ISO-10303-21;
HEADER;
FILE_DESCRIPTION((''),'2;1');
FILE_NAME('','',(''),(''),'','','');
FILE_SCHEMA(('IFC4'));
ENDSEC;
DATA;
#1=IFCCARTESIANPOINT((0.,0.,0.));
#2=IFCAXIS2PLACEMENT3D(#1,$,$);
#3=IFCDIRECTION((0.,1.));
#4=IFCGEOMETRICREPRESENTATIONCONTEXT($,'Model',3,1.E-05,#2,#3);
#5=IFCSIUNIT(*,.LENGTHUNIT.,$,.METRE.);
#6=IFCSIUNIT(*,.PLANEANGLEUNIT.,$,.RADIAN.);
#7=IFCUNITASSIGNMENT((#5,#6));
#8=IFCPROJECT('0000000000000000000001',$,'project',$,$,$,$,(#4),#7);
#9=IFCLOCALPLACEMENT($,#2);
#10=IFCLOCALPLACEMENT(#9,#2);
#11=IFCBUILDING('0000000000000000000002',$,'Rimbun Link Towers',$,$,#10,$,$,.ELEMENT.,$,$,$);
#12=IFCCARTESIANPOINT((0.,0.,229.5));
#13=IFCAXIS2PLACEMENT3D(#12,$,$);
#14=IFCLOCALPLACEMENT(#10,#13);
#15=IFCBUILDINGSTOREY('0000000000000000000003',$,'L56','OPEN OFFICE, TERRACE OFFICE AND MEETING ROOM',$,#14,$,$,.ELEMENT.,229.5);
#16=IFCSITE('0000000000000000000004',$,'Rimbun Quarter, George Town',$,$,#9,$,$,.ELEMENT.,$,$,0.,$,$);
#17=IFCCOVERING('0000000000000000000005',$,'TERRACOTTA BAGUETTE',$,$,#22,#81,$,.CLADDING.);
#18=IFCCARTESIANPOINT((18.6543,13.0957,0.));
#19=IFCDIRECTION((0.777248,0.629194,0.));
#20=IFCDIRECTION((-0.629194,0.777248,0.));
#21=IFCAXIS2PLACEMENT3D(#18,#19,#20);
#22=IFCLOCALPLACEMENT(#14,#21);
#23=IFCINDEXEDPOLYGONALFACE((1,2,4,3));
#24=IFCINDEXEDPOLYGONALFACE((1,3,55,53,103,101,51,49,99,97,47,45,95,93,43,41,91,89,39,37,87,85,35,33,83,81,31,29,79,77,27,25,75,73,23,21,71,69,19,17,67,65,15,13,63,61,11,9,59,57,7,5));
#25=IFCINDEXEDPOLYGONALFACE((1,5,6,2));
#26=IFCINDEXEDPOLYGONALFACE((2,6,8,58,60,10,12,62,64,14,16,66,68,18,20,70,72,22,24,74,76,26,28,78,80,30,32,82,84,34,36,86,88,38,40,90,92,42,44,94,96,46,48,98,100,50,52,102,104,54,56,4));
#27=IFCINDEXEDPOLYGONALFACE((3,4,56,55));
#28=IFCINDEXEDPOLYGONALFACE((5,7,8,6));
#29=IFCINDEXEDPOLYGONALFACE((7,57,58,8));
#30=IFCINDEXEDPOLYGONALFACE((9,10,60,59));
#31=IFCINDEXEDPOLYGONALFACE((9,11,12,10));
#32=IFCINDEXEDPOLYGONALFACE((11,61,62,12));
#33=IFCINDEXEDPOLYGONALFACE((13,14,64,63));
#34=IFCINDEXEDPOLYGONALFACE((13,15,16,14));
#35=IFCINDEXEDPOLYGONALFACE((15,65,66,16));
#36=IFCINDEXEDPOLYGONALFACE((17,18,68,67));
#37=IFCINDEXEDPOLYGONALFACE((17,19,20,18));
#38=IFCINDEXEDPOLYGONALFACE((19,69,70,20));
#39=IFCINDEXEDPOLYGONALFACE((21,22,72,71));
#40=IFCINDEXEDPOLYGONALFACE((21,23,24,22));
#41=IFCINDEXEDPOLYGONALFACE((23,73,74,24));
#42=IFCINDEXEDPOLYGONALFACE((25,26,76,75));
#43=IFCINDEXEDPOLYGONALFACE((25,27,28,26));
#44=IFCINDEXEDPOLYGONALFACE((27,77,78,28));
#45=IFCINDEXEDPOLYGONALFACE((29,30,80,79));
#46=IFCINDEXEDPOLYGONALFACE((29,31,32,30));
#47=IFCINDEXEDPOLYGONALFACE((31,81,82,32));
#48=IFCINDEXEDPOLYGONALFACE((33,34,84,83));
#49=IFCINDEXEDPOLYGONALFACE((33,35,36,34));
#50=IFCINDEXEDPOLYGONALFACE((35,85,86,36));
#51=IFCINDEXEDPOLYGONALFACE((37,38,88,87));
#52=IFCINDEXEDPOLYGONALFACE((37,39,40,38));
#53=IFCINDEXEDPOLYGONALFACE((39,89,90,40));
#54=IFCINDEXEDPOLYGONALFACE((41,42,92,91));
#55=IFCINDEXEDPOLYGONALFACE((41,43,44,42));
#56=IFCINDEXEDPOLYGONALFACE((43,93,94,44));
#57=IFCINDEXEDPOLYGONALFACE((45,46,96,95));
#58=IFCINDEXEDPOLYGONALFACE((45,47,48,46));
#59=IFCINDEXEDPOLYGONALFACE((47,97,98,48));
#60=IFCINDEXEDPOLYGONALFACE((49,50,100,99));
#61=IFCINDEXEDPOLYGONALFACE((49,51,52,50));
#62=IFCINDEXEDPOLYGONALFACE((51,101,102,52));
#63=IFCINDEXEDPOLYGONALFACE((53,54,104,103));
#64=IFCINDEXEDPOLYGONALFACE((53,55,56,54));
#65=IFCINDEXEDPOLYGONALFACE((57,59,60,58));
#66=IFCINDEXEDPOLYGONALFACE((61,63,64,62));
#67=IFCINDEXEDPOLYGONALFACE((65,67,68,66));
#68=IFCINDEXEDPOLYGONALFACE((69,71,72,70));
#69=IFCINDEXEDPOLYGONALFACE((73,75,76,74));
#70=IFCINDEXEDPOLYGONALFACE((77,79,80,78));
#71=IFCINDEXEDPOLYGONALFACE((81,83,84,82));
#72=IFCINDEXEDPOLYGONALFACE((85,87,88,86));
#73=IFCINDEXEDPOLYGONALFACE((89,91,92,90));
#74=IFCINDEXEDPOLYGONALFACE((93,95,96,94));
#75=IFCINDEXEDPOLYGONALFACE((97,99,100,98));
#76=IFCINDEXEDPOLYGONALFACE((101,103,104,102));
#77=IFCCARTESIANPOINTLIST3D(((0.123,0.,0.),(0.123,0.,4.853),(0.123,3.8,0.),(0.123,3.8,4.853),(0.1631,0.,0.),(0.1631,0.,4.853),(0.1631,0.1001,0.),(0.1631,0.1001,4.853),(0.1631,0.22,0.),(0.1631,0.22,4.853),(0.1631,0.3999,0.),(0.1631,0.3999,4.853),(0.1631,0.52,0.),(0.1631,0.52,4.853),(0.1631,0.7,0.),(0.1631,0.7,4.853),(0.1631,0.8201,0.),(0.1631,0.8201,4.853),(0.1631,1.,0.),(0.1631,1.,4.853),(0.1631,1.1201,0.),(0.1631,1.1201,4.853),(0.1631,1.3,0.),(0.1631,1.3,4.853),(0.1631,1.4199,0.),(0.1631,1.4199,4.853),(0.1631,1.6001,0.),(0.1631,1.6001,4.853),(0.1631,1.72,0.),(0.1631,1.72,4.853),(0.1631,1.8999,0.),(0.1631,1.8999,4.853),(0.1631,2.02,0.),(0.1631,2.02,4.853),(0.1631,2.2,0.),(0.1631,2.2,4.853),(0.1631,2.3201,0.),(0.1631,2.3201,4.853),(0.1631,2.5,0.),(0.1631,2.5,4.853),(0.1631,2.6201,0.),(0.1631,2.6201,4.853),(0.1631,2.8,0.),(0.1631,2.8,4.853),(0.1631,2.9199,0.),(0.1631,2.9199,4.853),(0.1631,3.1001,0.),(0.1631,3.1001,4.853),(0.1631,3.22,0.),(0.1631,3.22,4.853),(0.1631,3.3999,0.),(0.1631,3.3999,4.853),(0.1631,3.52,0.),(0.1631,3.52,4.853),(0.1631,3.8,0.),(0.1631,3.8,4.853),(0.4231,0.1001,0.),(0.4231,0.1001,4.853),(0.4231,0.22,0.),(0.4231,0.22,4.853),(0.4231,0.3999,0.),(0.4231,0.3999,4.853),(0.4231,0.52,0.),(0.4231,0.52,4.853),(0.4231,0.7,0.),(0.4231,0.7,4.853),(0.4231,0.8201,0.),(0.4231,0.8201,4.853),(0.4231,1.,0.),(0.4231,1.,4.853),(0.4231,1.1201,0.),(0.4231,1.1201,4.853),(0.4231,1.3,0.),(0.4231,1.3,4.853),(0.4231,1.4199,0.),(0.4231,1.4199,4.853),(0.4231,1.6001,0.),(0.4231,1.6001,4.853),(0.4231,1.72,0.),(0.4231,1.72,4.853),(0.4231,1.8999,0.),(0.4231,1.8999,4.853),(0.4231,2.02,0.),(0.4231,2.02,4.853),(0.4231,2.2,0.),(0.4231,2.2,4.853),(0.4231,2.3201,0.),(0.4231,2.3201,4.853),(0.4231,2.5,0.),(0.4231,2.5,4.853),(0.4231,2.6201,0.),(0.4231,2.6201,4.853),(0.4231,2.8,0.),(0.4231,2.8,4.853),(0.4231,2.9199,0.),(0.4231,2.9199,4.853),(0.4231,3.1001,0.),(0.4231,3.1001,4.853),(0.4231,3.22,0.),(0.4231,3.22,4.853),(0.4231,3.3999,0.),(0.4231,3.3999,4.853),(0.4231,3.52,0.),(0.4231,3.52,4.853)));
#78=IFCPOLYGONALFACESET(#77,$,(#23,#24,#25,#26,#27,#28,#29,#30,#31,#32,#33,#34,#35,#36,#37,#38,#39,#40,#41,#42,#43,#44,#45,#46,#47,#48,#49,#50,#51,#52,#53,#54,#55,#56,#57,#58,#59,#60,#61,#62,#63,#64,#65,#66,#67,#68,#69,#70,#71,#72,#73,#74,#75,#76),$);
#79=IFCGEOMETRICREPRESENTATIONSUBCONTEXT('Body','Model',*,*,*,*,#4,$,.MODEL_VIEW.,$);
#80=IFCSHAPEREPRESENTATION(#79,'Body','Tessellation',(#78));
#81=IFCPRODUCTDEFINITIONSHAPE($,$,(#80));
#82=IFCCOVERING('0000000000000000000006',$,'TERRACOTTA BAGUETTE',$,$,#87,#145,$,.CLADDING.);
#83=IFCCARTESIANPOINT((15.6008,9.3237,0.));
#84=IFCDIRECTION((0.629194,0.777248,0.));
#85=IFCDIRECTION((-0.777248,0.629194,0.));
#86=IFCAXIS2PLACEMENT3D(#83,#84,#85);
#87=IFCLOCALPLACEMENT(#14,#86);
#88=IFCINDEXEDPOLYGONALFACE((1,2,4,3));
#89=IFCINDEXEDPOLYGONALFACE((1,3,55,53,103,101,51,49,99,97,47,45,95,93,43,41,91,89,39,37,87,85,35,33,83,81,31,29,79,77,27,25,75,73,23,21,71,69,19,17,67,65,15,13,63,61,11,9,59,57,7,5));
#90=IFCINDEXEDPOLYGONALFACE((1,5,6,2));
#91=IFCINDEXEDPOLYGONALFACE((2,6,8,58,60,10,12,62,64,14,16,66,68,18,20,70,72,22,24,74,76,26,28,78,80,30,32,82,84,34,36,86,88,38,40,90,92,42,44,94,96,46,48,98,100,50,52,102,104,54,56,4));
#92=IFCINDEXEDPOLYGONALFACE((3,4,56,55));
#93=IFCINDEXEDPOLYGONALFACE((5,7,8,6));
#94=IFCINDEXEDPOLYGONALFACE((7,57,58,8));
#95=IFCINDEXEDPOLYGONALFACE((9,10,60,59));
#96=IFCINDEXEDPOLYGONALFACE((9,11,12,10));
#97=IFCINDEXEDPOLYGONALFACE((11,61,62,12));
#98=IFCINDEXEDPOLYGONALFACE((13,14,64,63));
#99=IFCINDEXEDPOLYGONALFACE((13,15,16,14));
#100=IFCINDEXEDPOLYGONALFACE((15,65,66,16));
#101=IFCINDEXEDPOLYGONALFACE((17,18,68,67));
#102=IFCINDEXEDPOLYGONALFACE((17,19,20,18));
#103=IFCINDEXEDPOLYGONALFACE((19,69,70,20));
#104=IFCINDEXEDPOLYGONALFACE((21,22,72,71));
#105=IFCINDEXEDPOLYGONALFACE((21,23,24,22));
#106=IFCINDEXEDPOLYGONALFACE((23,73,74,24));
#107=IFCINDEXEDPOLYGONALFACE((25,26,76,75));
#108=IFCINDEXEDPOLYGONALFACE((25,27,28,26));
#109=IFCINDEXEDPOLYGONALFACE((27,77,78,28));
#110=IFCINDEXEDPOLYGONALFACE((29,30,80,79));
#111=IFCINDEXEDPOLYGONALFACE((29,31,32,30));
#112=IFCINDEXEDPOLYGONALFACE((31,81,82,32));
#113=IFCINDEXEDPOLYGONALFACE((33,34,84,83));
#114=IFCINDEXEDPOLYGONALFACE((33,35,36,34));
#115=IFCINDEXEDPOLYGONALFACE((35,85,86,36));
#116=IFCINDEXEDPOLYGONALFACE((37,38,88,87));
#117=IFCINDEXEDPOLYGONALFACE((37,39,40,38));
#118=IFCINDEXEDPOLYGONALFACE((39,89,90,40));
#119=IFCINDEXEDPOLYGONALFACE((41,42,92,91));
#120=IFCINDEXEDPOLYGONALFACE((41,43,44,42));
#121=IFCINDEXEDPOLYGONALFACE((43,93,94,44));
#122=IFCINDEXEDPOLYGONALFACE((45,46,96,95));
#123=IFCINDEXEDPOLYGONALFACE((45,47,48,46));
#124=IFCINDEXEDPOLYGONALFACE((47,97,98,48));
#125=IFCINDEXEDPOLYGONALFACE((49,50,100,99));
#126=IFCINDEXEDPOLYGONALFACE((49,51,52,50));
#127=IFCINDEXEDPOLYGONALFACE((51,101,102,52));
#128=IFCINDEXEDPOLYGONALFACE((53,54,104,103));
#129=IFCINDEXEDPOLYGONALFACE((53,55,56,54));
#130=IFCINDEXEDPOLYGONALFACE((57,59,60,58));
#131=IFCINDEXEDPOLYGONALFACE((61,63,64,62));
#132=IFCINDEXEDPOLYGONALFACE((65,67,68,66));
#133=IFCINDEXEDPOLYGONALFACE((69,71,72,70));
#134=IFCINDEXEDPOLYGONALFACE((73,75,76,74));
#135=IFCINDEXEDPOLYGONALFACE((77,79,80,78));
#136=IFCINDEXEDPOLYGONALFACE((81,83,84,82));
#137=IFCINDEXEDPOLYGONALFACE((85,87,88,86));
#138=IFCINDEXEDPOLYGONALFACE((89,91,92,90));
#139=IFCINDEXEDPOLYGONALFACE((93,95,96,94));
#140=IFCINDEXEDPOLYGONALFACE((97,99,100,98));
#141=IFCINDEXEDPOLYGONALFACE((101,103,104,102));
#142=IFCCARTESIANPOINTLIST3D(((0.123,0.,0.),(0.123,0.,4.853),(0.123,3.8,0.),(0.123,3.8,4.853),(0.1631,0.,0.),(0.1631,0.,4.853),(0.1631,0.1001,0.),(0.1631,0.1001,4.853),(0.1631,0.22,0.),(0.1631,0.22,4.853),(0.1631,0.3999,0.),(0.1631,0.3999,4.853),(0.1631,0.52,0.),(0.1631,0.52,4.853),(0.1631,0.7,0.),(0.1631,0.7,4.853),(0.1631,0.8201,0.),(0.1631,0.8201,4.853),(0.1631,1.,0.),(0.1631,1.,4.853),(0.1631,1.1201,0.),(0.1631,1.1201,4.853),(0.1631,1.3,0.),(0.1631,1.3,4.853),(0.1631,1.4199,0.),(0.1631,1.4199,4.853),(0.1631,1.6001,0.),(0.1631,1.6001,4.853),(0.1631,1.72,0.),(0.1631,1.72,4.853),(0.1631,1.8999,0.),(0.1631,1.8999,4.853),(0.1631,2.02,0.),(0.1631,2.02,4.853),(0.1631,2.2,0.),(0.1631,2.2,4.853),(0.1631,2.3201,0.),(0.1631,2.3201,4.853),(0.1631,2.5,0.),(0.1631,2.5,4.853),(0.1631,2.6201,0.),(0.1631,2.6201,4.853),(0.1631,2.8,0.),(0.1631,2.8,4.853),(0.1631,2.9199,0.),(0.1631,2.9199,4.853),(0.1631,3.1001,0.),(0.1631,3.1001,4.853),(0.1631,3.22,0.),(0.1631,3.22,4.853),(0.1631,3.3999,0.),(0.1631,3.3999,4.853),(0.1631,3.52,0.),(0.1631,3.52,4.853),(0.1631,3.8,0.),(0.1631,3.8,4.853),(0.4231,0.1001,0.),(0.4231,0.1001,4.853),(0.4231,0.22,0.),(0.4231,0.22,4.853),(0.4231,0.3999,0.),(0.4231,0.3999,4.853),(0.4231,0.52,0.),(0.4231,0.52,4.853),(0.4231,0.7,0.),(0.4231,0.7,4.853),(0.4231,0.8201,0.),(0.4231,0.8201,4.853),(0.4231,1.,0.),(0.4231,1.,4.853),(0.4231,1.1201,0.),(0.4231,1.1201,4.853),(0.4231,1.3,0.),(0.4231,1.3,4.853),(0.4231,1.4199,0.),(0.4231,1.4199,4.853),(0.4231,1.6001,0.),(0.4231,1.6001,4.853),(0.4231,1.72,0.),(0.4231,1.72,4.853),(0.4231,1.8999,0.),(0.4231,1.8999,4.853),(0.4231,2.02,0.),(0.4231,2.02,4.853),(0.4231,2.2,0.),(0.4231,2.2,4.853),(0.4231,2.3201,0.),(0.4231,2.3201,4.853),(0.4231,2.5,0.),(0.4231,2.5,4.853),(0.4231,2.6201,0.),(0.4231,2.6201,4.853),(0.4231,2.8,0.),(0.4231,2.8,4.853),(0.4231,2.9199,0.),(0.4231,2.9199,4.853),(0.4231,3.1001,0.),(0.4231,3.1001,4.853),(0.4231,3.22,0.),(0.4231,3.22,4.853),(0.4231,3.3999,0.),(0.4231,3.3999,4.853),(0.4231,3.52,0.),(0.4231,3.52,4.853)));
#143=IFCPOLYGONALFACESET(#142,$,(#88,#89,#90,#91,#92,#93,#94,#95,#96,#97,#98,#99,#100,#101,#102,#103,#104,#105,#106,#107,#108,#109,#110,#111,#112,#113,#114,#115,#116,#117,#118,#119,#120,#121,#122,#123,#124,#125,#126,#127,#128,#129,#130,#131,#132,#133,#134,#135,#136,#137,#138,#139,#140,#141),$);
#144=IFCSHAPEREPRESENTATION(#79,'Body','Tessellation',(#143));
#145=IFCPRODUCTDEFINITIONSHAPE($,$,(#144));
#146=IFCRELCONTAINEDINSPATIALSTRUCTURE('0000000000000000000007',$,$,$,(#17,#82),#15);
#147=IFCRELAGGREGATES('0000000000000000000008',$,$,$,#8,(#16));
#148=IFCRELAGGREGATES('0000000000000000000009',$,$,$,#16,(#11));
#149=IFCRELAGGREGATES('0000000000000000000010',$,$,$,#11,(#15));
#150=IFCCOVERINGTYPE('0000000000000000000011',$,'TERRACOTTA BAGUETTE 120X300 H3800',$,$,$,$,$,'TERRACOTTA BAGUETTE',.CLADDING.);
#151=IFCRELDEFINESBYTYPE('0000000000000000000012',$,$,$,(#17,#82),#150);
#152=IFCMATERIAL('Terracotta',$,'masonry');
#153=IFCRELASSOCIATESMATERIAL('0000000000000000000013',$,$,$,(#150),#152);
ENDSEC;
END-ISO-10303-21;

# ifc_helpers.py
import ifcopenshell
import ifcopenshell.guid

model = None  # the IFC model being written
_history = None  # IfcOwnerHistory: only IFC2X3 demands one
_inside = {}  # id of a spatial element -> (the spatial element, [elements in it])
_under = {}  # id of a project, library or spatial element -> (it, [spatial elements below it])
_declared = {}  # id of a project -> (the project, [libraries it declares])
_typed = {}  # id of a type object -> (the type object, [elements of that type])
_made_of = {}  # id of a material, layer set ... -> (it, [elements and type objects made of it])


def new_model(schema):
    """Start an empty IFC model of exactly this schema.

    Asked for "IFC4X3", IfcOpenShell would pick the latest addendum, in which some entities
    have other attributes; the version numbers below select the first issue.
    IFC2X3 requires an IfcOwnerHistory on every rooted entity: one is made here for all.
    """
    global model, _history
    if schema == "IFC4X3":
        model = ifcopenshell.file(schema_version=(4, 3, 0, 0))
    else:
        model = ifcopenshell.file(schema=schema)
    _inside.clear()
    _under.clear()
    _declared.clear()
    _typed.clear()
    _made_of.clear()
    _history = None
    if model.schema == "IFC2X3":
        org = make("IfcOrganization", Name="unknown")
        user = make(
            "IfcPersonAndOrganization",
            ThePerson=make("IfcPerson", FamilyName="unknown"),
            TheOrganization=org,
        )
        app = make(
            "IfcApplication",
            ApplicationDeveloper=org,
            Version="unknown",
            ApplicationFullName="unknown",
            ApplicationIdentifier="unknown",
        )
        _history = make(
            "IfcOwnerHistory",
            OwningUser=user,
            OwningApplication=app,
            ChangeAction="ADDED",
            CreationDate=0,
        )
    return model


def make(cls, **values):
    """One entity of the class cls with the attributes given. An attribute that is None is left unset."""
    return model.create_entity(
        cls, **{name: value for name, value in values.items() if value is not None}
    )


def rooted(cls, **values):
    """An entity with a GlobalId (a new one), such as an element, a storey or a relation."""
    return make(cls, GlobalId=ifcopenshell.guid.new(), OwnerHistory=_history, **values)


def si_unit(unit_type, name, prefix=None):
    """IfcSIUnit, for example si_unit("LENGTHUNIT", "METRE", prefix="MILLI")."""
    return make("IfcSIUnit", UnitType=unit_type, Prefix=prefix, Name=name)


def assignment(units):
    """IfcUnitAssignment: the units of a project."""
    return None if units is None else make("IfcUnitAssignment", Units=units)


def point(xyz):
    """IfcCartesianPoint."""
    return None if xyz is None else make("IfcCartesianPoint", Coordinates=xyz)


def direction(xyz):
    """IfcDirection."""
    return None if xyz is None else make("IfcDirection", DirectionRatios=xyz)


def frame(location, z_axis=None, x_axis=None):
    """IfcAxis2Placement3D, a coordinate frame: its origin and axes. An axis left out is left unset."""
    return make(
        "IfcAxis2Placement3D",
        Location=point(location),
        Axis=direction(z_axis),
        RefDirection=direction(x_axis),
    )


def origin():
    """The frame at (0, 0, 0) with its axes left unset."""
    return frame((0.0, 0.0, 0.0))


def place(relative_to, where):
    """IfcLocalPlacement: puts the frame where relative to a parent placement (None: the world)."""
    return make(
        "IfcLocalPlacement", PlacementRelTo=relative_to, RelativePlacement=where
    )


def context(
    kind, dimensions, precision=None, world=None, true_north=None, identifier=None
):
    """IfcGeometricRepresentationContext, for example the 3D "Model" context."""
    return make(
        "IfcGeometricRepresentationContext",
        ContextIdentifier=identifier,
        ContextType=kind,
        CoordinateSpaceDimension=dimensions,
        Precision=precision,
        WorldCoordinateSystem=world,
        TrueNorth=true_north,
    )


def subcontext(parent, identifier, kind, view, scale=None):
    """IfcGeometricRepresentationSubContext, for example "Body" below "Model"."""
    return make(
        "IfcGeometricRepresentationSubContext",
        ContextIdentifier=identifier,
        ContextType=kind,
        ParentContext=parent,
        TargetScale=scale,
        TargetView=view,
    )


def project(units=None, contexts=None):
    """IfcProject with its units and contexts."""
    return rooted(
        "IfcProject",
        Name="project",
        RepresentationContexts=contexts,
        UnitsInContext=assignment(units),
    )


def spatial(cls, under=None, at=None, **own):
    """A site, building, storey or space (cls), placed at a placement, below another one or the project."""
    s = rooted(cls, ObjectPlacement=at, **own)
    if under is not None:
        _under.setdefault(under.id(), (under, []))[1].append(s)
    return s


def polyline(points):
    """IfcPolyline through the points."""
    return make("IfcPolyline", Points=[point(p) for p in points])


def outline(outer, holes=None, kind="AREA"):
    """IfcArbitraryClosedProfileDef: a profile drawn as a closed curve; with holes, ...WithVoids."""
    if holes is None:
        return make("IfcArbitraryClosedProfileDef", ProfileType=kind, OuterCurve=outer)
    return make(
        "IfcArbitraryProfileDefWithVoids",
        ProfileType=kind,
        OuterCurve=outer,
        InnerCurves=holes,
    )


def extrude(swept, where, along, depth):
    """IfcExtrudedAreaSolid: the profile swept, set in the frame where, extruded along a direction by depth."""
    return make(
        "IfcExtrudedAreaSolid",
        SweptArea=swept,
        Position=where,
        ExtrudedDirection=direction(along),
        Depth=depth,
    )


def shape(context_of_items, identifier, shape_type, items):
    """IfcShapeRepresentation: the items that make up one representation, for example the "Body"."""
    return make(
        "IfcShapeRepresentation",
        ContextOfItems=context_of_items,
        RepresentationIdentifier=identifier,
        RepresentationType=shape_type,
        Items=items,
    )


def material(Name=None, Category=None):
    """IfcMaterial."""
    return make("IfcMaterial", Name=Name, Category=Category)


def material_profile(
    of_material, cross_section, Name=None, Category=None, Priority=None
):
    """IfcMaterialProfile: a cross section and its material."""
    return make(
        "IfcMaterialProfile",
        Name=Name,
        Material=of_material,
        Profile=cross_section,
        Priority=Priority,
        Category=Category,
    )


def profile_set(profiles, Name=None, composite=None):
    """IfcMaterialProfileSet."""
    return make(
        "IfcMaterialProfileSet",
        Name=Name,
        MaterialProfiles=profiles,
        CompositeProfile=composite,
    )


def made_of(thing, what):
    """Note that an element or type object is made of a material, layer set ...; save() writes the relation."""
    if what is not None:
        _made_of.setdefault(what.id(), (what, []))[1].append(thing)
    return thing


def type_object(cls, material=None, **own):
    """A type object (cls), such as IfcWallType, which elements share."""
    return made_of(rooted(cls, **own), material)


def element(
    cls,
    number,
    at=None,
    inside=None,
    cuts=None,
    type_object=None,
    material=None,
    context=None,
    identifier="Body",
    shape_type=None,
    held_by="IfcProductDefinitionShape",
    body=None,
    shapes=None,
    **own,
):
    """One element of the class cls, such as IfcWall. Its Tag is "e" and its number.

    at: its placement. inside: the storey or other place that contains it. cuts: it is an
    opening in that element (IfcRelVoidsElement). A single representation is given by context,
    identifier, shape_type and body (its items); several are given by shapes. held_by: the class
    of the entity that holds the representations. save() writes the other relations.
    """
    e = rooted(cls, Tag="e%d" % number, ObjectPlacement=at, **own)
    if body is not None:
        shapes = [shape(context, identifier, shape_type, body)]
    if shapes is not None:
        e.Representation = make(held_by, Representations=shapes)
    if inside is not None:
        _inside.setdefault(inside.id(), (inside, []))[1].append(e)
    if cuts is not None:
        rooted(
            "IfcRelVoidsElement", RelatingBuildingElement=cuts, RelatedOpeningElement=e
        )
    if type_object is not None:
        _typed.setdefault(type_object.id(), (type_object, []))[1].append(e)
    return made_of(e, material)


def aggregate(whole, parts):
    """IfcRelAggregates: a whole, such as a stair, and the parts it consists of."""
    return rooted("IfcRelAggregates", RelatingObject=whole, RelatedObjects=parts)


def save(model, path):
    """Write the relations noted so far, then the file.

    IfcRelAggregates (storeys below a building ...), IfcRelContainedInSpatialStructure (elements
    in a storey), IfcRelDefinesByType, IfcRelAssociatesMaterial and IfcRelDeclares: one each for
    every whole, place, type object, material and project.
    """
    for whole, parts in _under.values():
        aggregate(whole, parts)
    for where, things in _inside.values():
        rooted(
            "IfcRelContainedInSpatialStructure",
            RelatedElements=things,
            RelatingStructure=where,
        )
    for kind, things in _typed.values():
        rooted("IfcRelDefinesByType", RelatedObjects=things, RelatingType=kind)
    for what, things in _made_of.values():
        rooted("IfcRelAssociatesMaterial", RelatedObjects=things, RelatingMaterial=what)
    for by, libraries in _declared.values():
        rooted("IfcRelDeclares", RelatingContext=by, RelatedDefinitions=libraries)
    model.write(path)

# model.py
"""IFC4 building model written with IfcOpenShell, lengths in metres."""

from ifc_helpers import new_model, si_unit, direction, frame, origin, place, context, subcontext, project, spatial, polyline, outline, extrude, material, material_profile, profile_set, type_object, element, save


model = new_model("IFC4")

# Units and contexts
model_context = context("Model", 3, precision=1e-05, world=origin(), true_north=direction((0.0, 1.0)))
body_context = subcontext(model_context, "Body", "Model", "MODEL_VIEW")
ifc_project = project(units=[si_unit("LENGTHUNIT", "METRE"), si_unit("PLANEANGLEUNIT", "RADIAN")], contexts=[model_context])

# Site, building, storey
site_placement = place(None, origin())
site = spatial("IfcSite", under=ifc_project, at=site_placement, Name="Rimbun Quarter, George Town", CompositionType="ELEMENT", RefElevation=0.0)
building_placement = place(site_placement, origin())
building = spatial("IfcBuilding", under=site, at=building_placement, Name="Rimbun Link Towers", CompositionType="ELEMENT")
storey_placement = place(building_placement, frame((0.0, 0.0, 229.5)))
storey = spatial("IfcBuildingStorey", under=building, at=storey_placement, Name="L56", Description="OPEN OFFICE, TERRACE OFFICE AND MEETING ROOM", CompositionType="ELEMENT", Elevation=229.5)

# Coverings
ifc_material_1 = material(Name="Terracotta", Category="masonry")
ifc_material_profile_1 = material_profile(ifc_material_1, outline(polyline([(0.123, 0.0), (0.1631, 0.0), (0.1631, 0.1001), (0.4231, 0.1001), (0.4231, 0.22), (0.1631, 0.22), (0.1631, 0.3999), (0.4231, 0.3999), (0.4231, 0.52), (0.1631, 0.52), (0.1631, 0.7), (0.4231, 0.7), (0.4231, 0.8201), (0.1631, 0.8201), (0.1631, 1.0), (0.4231, 1.0), (0.4231, 1.1201), (0.1631, 1.1201), (0.1631, 1.3), (0.4231, 1.3), (0.4231, 1.4199), (0.1631, 1.4199), (0.1631, 1.6001), (0.4231, 1.6001), (0.4231, 1.72), (0.1631, 1.72), (0.1631, 1.8999), (0.4231, 1.8999), (0.4231, 2.02), (0.1631, 2.02), (0.1631, 2.2), (0.4231, 2.2), (0.4231, 2.3201), (0.1631, 2.3201), (0.1631, 2.5), (0.4231, 2.5), (0.4231, 2.6201), (0.1631, 2.6201), (0.1631, 2.8), (0.4231, 2.8), (0.4231, 2.9199), (0.1631, 2.9199), (0.1631, 3.1001), (0.4231, 3.1001), (0.4231, 3.22), (0.1631, 3.22), (0.1631, 3.3999), (0.4231, 3.3999), (0.4231, 3.52), (0.1631, 3.52), (0.1631, 3.8), (0.123, 3.8), (0.123, 0.0)])), Name="BAGUETTE 120X300")
ifc_profile_set_1 = profile_set([ifc_material_profile_1], Name="Terracotta")
covering_type = type_object("IfcCoveringType", Name="TERRACOTTA BAGUETTE 120X300 H3800", ElementType="TERRACOTTA BAGUETTE", PredefinedType="CLADDING", material=ifc_profile_set_1)
for number, where, z_axis, x_axis, name in (
    (1, (18.6543, 13.0957, 0.0), (0.777248, 0.629194, 0.0), (-0.629194, 0.777248, 0.0), "TERRACOTTA BAGUETTE"),
    (2, (15.6008, 9.3237, 0.0), (0.629194, 0.777248, 0.0), (-0.777248, 0.629194, 0.0), "TERRACOTTA BAGUETTE"),
):
    element("IfcCovering", number, at=place(storey_placement, frame(where, z_axis=z_axis, x_axis=x_axis)), inside=storey, type_object=covering_type, Name=name, PredefinedType="CLADDING", context=body_context, shape_type="SweptSolid", body=[
        extrude(outline(polyline([(0.123, 0.0), (0.1631, 0.0), (0.1631, 0.1001), (0.4231, 0.1001), (0.4231, 0.22), (0.1631, 0.22), (0.1631, 0.3999), (0.4231, 0.3999), (0.4231, 0.52), (0.1631, 0.52), (0.1631, 0.7), (0.4231, 0.7), (0.4231, 0.8201), (0.1631, 0.8201), (0.1631, 1.0), (0.4231, 1.0), (0.4231, 1.1201), (0.1631, 1.1201), (0.1631, 1.3), (0.4231, 1.3), (0.4231, 1.4199), (0.1631, 1.4199), (0.1631, 1.6001), (0.4231, 1.6001), (0.4231, 1.72), (0.1631, 1.72), (0.1631, 1.8999), (0.4231, 1.8999), (0.4231, 2.02), (0.1631, 2.02), (0.1631, 2.2), (0.4231, 2.2), (0.4231, 2.3201), (0.1631, 2.3201), (0.1631, 2.5), (0.4231, 2.5), (0.4231, 2.6201), (0.1631, 2.6201), (0.1631, 2.8), (0.4231, 2.8), (0.4231, 2.9199), (0.1631, 2.9199), (0.1631, 3.1001), (0.4231, 3.1001), (0.4231, 3.22), (0.1631, 3.22), (0.1631, 3.3999), (0.4231, 3.3999), (0.4231, 3.52), (0.1631, 3.52), (0.1631, 3.8), (0.123, 3.8), (0.123, 0.0)])), origin(), (0.0, 0.0, 1.0), 4.853),
    ])

save(model, "model.ifc")
